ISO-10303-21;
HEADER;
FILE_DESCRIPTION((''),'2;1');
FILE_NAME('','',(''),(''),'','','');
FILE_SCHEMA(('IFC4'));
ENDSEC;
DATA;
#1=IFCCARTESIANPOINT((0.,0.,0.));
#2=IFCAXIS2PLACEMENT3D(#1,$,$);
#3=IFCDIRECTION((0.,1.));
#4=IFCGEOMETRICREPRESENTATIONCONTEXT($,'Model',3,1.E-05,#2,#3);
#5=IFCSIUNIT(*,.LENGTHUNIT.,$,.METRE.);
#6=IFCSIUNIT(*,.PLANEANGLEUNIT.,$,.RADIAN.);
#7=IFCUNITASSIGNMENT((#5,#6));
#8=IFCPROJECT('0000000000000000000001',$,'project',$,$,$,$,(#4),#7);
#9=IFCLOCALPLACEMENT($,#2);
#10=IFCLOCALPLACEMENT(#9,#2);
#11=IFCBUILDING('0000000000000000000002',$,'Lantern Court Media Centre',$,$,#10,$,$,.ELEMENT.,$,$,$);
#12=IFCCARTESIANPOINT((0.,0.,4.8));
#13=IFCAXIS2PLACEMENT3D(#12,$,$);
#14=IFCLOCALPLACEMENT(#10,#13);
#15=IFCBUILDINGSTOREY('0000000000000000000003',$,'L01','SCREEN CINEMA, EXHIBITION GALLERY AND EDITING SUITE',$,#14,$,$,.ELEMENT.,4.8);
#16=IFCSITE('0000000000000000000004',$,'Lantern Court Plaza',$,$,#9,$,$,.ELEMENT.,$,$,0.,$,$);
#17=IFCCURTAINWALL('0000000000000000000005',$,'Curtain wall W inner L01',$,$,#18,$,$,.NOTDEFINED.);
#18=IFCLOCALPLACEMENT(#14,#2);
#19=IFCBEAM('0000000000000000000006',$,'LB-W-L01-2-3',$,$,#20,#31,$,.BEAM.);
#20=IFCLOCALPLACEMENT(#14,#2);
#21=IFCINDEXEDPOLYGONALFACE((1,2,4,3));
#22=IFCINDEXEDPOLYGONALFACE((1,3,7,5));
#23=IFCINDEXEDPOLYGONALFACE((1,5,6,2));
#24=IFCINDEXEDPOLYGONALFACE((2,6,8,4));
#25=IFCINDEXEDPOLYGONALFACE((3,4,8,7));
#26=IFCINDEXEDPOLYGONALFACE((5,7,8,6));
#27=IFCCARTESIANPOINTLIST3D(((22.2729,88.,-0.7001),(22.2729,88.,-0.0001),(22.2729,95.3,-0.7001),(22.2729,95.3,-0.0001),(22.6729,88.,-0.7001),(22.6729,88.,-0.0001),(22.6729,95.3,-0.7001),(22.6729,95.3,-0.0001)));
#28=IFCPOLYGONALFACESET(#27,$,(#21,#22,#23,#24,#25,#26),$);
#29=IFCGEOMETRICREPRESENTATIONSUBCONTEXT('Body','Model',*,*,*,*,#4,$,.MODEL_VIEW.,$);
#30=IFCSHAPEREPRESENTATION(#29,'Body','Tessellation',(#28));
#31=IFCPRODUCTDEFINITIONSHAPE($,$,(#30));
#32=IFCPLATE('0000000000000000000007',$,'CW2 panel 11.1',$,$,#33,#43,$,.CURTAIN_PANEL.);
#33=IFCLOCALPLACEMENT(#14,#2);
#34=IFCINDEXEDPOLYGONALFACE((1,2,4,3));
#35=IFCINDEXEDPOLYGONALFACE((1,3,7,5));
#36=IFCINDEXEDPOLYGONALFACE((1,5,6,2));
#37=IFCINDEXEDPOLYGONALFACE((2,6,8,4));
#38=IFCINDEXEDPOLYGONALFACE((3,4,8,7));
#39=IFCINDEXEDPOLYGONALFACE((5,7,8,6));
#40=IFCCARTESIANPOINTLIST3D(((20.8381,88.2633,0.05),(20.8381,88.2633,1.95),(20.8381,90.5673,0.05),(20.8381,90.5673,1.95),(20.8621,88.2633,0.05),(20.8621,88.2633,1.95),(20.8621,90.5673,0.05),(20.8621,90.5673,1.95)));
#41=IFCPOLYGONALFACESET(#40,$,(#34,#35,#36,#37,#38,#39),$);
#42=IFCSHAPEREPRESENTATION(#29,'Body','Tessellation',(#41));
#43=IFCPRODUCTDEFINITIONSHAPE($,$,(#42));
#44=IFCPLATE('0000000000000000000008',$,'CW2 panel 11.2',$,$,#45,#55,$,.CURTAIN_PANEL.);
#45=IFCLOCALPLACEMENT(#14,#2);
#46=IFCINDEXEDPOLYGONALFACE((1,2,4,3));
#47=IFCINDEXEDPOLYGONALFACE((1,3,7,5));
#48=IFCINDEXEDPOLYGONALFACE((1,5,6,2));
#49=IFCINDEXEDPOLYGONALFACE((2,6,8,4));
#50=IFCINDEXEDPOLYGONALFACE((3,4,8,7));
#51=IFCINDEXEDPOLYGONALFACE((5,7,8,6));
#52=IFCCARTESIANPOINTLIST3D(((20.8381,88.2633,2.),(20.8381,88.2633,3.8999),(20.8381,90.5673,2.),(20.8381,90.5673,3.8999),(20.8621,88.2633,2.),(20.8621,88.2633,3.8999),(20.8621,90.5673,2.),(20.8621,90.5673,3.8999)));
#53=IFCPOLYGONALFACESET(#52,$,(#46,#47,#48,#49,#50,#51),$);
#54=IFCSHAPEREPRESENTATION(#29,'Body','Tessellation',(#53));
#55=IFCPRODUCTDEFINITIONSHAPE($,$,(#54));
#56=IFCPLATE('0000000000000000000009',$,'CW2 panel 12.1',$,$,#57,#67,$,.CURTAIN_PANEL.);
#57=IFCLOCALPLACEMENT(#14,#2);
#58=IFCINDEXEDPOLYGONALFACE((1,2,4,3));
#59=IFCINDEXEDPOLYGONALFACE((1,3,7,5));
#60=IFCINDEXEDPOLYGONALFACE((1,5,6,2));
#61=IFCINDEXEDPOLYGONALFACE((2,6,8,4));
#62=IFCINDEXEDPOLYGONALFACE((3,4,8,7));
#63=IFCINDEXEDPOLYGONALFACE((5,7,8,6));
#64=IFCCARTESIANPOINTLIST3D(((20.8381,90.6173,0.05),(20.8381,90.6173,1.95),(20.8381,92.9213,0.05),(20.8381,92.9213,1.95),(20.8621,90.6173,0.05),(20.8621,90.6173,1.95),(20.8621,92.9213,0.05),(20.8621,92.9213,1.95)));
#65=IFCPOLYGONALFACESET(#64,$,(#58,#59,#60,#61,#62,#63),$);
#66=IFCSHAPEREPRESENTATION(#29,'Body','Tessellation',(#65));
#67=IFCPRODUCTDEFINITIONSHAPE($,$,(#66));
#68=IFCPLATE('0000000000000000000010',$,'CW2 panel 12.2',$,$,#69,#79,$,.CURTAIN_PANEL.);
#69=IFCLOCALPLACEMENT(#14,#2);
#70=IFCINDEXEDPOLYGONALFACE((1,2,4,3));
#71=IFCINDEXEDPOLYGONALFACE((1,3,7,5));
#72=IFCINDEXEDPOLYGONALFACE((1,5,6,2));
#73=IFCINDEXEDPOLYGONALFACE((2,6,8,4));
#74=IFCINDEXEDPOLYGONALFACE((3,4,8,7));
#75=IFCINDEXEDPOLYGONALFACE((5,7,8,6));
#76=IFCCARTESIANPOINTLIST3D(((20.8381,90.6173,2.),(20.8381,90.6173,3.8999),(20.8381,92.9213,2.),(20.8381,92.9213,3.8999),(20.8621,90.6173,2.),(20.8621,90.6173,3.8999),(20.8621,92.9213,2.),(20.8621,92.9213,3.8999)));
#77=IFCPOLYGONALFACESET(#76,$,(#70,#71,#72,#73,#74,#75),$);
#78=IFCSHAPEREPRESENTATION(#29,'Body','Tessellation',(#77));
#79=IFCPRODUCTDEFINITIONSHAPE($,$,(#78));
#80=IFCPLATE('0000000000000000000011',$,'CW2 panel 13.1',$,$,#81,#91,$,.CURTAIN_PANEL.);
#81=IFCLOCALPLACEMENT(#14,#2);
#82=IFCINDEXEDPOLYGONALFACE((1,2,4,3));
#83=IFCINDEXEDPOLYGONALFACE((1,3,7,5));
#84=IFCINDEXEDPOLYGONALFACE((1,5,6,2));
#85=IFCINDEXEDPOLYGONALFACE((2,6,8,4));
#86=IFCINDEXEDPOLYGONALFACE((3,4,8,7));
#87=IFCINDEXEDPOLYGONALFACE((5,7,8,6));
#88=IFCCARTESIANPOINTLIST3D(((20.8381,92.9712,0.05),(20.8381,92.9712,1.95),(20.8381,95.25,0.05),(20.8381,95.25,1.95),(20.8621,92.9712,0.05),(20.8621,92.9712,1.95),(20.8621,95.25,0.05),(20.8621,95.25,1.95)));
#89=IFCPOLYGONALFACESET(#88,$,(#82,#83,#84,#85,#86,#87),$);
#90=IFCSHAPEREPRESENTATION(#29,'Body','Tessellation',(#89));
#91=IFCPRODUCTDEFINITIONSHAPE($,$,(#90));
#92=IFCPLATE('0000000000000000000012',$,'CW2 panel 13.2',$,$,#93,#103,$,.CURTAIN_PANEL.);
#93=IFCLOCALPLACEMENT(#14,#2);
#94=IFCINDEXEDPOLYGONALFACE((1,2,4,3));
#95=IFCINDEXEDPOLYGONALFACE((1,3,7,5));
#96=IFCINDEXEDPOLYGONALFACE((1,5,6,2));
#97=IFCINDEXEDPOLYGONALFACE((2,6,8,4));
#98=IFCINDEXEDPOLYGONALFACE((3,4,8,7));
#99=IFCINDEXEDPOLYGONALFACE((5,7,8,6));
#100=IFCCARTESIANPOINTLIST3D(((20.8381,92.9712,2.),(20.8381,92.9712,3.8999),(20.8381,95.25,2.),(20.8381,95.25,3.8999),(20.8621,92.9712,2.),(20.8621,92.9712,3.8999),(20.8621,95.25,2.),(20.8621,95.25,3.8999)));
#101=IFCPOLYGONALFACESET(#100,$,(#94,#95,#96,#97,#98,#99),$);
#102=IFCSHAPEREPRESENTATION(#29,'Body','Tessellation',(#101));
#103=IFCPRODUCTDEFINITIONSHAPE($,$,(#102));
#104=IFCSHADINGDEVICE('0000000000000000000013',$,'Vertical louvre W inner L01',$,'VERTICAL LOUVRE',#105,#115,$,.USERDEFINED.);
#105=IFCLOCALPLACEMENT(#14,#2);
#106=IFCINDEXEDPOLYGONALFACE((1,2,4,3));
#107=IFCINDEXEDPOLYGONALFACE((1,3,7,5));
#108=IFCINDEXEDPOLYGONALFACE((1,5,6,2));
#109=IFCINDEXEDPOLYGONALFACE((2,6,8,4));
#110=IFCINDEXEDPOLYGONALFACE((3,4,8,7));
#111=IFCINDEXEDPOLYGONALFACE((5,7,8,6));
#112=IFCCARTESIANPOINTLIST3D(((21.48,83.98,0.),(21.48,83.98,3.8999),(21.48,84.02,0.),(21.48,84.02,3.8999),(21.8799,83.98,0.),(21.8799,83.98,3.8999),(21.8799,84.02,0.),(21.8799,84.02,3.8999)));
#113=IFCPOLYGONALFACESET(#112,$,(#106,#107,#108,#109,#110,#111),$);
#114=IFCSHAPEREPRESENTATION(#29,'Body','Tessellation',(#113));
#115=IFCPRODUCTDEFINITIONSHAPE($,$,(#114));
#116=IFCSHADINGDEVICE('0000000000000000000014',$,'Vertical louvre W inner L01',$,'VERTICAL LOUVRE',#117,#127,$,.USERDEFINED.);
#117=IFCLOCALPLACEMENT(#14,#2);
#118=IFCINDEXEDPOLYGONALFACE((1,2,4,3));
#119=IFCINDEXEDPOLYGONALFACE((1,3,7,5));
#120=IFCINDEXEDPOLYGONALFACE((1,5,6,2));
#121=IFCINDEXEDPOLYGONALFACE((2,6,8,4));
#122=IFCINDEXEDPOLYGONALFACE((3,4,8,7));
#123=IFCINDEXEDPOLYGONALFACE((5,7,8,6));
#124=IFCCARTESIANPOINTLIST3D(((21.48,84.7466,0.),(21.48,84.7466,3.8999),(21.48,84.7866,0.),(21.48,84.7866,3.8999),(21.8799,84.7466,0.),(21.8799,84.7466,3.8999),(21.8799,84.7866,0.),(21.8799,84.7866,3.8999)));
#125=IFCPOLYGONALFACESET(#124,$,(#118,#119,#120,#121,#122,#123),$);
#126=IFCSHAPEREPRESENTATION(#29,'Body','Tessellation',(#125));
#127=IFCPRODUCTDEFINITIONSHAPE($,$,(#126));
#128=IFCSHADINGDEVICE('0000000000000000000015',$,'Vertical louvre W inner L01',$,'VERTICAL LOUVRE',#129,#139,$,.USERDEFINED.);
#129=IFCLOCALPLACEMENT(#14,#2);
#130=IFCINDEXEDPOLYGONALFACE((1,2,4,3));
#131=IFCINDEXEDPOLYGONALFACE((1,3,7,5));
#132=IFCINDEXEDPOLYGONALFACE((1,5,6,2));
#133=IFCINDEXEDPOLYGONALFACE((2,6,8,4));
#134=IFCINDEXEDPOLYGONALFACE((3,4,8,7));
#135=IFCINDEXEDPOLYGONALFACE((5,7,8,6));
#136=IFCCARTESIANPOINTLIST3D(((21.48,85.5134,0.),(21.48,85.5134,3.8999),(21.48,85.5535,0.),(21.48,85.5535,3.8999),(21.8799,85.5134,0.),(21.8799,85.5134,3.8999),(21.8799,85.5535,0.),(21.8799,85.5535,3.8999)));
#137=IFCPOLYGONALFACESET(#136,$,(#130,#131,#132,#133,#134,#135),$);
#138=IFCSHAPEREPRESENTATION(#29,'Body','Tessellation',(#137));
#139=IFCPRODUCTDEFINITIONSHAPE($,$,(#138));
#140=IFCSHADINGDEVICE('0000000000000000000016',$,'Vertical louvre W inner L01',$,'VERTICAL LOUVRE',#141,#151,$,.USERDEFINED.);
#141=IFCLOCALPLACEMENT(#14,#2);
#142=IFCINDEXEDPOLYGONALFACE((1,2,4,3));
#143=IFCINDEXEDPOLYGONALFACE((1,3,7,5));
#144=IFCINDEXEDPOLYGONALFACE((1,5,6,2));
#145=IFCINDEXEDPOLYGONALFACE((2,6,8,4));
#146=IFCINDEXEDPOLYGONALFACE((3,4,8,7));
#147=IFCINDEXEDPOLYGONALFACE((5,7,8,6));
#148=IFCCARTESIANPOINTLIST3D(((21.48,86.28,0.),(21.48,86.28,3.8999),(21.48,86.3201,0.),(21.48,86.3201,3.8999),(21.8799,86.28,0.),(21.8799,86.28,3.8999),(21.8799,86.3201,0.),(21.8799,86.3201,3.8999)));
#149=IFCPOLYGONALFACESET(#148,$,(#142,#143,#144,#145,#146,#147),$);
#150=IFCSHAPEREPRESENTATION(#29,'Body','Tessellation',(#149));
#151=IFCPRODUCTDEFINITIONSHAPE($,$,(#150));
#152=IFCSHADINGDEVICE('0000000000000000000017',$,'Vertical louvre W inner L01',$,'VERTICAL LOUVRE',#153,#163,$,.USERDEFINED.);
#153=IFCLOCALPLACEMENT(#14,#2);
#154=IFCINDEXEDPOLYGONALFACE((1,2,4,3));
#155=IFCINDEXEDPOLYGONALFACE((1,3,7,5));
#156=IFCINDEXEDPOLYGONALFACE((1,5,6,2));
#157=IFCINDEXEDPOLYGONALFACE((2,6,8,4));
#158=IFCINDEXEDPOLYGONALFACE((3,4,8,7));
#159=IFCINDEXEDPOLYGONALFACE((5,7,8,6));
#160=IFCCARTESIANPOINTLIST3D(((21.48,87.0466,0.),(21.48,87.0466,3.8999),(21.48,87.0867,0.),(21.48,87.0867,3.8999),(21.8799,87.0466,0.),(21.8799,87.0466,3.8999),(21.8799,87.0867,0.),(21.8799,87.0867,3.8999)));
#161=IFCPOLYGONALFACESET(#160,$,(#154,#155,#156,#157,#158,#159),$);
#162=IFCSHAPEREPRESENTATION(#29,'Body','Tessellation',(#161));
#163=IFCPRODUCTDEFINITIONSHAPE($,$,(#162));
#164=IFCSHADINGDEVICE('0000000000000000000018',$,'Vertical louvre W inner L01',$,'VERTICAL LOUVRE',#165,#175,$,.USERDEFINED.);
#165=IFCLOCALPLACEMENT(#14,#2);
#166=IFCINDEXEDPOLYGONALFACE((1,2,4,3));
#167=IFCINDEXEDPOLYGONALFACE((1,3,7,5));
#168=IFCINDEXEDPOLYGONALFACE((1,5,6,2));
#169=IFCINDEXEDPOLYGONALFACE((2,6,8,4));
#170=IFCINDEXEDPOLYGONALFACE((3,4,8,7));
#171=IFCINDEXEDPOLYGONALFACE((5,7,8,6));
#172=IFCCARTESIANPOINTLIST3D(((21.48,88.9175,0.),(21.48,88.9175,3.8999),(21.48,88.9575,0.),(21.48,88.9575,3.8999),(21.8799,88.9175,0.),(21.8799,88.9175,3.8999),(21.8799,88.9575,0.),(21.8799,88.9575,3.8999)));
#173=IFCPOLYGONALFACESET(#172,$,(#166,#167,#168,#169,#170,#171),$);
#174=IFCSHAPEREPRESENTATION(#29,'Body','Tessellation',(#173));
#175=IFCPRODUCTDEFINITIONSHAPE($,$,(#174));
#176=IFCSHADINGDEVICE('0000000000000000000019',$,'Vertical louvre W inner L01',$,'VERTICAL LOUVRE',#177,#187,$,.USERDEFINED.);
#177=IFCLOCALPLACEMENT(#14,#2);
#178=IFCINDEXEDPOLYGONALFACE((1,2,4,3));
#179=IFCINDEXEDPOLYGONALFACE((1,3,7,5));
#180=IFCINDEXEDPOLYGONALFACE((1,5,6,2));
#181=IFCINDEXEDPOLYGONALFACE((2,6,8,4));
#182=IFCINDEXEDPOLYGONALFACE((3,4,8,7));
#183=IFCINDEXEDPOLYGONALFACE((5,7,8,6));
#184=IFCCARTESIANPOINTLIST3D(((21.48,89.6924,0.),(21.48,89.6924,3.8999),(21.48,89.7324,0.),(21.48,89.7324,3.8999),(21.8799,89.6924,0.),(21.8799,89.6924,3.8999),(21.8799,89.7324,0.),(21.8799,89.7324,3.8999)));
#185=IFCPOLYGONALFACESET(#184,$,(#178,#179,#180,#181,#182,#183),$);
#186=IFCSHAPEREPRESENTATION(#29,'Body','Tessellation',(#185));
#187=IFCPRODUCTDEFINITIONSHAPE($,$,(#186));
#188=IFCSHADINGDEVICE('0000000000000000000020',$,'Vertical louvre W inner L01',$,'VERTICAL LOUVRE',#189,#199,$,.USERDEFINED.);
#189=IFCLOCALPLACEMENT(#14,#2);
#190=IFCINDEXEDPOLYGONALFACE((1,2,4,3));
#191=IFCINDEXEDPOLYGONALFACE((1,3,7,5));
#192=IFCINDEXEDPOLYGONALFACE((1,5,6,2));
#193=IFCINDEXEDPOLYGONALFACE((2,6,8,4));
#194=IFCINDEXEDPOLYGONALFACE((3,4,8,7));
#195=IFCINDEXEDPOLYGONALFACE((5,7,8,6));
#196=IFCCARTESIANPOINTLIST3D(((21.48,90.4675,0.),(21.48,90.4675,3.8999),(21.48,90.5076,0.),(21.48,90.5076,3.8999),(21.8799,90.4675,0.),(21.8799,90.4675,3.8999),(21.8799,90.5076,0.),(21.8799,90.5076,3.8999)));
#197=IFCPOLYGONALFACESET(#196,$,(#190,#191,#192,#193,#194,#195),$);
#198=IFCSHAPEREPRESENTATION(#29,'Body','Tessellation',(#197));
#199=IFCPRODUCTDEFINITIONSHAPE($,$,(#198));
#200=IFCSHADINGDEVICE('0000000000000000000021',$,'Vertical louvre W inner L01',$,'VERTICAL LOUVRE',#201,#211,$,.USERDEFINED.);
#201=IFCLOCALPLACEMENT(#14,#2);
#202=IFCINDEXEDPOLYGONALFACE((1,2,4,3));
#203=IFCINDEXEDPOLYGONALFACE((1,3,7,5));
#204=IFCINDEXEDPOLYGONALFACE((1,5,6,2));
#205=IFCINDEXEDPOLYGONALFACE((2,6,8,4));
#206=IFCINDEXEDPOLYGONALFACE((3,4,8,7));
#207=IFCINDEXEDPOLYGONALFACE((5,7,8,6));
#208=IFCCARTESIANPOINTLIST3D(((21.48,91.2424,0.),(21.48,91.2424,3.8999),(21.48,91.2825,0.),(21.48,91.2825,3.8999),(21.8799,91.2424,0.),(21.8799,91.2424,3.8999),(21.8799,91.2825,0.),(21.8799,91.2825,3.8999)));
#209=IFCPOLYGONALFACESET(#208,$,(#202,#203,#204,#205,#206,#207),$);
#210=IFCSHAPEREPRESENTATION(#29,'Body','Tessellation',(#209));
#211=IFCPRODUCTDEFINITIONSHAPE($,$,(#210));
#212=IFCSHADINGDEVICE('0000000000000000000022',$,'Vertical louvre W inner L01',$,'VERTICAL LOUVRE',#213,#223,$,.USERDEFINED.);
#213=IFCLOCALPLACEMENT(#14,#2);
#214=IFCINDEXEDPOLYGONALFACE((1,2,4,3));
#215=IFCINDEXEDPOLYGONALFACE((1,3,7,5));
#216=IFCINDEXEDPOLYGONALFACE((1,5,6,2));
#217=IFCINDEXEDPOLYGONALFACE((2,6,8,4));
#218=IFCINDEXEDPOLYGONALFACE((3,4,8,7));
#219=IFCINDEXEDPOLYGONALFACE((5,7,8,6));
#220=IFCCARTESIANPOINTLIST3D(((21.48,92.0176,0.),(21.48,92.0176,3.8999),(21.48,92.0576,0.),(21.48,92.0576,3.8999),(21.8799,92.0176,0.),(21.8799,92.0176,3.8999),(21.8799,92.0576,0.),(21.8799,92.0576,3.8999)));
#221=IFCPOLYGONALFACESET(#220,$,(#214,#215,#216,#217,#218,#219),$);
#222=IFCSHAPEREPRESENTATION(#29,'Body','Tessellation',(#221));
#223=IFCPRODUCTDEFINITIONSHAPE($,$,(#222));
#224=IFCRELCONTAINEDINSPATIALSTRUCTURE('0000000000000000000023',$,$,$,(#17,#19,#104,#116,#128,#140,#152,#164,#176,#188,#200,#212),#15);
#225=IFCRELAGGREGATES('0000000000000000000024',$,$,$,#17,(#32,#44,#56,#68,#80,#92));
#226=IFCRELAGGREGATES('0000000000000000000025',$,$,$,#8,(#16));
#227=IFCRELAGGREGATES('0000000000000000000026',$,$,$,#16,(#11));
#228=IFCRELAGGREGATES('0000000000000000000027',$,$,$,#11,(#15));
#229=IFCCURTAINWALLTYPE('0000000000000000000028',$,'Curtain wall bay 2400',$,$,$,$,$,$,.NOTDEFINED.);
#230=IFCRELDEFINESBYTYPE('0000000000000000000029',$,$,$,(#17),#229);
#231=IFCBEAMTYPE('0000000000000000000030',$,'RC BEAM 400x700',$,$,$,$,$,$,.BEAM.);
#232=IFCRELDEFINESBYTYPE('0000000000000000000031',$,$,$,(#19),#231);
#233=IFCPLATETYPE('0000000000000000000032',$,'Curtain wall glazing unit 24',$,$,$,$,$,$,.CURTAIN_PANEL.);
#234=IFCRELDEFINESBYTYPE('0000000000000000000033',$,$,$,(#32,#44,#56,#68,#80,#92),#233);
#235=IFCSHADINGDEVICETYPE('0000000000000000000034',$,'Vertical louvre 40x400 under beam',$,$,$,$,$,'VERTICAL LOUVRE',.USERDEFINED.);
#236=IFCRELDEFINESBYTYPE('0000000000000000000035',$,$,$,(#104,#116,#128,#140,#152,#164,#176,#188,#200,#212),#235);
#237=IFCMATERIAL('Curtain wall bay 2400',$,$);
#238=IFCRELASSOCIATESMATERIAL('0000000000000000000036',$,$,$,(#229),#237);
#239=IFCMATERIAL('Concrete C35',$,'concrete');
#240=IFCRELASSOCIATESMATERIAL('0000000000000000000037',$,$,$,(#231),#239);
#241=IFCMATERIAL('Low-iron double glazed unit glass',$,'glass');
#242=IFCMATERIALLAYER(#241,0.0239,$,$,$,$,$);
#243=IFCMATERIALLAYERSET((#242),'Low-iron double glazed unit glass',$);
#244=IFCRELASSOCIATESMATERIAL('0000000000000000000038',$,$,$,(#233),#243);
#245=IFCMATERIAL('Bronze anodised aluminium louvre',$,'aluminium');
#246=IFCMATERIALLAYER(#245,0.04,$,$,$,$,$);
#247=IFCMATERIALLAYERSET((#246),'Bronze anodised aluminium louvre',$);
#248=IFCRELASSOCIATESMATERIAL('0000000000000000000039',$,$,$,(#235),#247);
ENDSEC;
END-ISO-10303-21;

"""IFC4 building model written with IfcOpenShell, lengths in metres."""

from ifc_helpers import new_model, si_unit, direction, frame, origin, origin_2d, place, context, subcontext, project, spatial, rectangle, extrude, material, layer, layer_set, material_profile, profile_set, type_object, element, aggregate, save


model = new_model("IFC4")

# Units and contexts
model_context = context("Model", 3, precision=1e-05, world=origin(), true_north=direction((0.0, 1.0)))
body_context = subcontext(model_context, "Body", "Model", "MODEL_VIEW")
ifc_project = project(units=[si_unit("LENGTHUNIT", "METRE"), si_unit("PLANEANGLEUNIT", "RADIAN")], contexts=[model_context])

# Site, building, storey
site_placement = place(None, origin())
site = spatial("IfcSite", under=ifc_project, at=site_placement, Name="Lantern Court Plaza", CompositionType="ELEMENT", RefElevation=0.0)
building_placement = place(site_placement, origin())
building = spatial("IfcBuilding", under=site, at=building_placement, Name="Lantern Court Media Centre", CompositionType="ELEMENT")
storey_placement = place(building_placement, frame((0.0, 0.0, 4.8)))
storey = spatial("IfcBuildingStorey", under=building, at=storey_placement, Name="L01", Description="SCREEN CINEMA, EXHIBITION GALLERY AND EDITING SUITE", CompositionType="ELEMENT", Elevation=4.8)

# Shared definitions
ifc_material_1 = material(Name="Concrete C35", Category="concrete")

# Curtain wall
ifc_material_2 = material(Name="Curtain wall bay 2400")
curtain_wall_type = type_object("IfcCurtainWallType", Name="Curtain wall bay 2400", PredefinedType="NOTDEFINED", material=ifc_material_2)
curtain_wall_placement = place(storey_placement, origin())
curtain_wall = element("IfcCurtainWall", 1, at=curtain_wall_placement, inside=storey, type_object=curtain_wall_type, Name="Curtain wall W inner L01", PredefinedType="NOTDEFINED")

# Beam
ifc_material_profile_1 = material_profile(ifc_material_1, rectangle(XDim=0.3999, YDim=0.7, at=origin_2d()), Name="RC 400x700")
ifc_profile_set_1 = profile_set([ifc_material_profile_1], Name="Concrete C35")
beam_type = type_object("IfcBeamType", Name="RC BEAM 400x700", PredefinedType="BEAM", material=ifc_profile_set_1)
beam_placement = place(storey_placement, frame((22.4729, 88.0, -0.3501), z_axis=(0.0, 1.0, 0.0), x_axis=(-1.0, 0.0, 0.0)))
element("IfcBeam", 2, at=beam_placement, inside=storey, type_object=beam_type, Name="LB-W-L01-2-3", PredefinedType="BEAM", context=body_context, shape_type="SweptSolid", body=[
    extrude(rectangle(XDim=0.3999, YDim=0.7, at=origin_2d()), origin(), (0.0, 0.0, 1.0), 7.3),
])

# Plates
ifc_material_3 = material(Name="Low-iron double glazed unit glass", Category="glass")
ifc_layer_1 = layer(ifc_material_3, 0.0239)
ifc_layer_set_1 = layer_set([ifc_layer_1], Name="Low-iron double glazed unit glass")
plate_type = type_object("IfcPlateType", Name="Curtain wall glazing unit 24", PredefinedType="CURTAIN_PANEL", material=ifc_layer_set_1)
plate_1_placement = place(storey_placement, frame((20.8501, 89.4153, 0.05), z_axis=(0.0, 0.0, 1.0), x_axis=(0.0, 1.0, 0.0)))
plate_1 = element("IfcPlate", 3, at=plate_1_placement, type_object=plate_type, Name="CW2 panel 11.1", PredefinedType="CURTAIN_PANEL", context=body_context, shape_type="SweptSolid", body=[
    extrude(rectangle(XDim=2.304, YDim=0.0239, at=origin_2d()), origin(), (0.0, 0.0, 1.0), 1.8999),
])
plate_2_placement = place(storey_placement, frame((20.8501, 89.4153, 2.0), z_axis=(0.0, 0.0, 1.0), x_axis=(0.0, 1.0, 0.0)))
plate_2 = element("IfcPlate", 4, at=plate_2_placement, type_object=plate_type, Name="CW2 panel 11.2", PredefinedType="CURTAIN_PANEL", context=body_context, shape_type="SweptSolid", body=[
    extrude(rectangle(XDim=2.304, YDim=0.0239, at=origin_2d()), origin(), (0.0, 0.0, 1.0), 1.8999),
])
plate_3_placement = place(storey_placement, frame((20.8501, 91.7693, 0.05), z_axis=(0.0, 0.0, 1.0), x_axis=(0.0, 1.0, 0.0)))
plate_3 = element("IfcPlate", 5, at=plate_3_placement, type_object=plate_type, Name="CW2 panel 12.1", PredefinedType="CURTAIN_PANEL", context=body_context, shape_type="SweptSolid", body=[
    extrude(rectangle(XDim=2.304, YDim=0.0239, at=origin_2d()), origin(), (0.0, 0.0, 1.0), 1.8999),
])
plate_4_placement = place(storey_placement, frame((20.8501, 91.7693, 2.0), z_axis=(0.0, 0.0, 1.0), x_axis=(0.0, 1.0, 0.0)))
plate_4 = element("IfcPlate", 6, at=plate_4_placement, type_object=plate_type, Name="CW2 panel 12.2", PredefinedType="CURTAIN_PANEL", context=body_context, shape_type="SweptSolid", body=[
    extrude(rectangle(XDim=2.304, YDim=0.0239, at=origin_2d()), origin(), (0.0, 0.0, 1.0), 1.8999),
])
plate_5_placement = place(storey_placement, frame((20.8501, 94.1106, 0.05), z_axis=(0.0, 0.0, 1.0), x_axis=(0.0, 1.0, 0.0)))
plate_5 = element("IfcPlate", 7, at=plate_5_placement, type_object=plate_type, Name="CW2 panel 13.1", PredefinedType="CURTAIN_PANEL", context=body_context, shape_type="SweptSolid", body=[
    extrude(rectangle(XDim=2.2788, YDim=0.0239, at=origin_2d()), origin(), (0.0, 0.0, 1.0), 1.8999),
])
plate_6_placement = place(storey_placement, frame((20.8501, 94.1106, 2.0), z_axis=(0.0, 0.0, 1.0), x_axis=(0.0, 1.0, 0.0)))
plate_6 = element("IfcPlate", 8, at=plate_6_placement, type_object=plate_type, Name="CW2 panel 13.2", PredefinedType="CURTAIN_PANEL", context=body_context, shape_type="SweptSolid", body=[
    extrude(rectangle(XDim=2.2788, YDim=0.0239, at=origin_2d()), origin(), (0.0, 0.0, 1.0), 1.8999),
])
aggregate(curtain_wall, [plate_1, plate_2, plate_3, plate_4, plate_5, plate_6])

# Shading devices
ifc_material_4 = material(Name="Bronze anodised aluminium louvre", Category="aluminium")
ifc_layer_2 = layer(ifc_material_4, 0.04)
ifc_layer_set_2 = layer_set([ifc_layer_2], Name="Bronze anodised aluminium louvre")
shading_device_type = type_object("IfcShadingDeviceType", Name="Vertical louvre 40x400 under beam", ElementType="VERTICAL LOUVRE", PredefinedType="USERDEFINED", material=ifc_layer_set_2)
for number, where, z_axis, x_axis, name in (
    (9, (21.6799, 84.0, 0.0), (0.0, 0.0, 1.0), (1.0, 0.0, 0.0), "Vertical louvre W inner L01"),
    (10, (21.6799, 84.7666, 0.0), (0.0, 0.0, 1.0), (1.0, 0.0, 0.0), "Vertical louvre W inner L01"),
    (11, (21.6799, 85.5334, 0.0), (0.0, 0.0, 1.0), (1.0, 0.0, 0.0), "Vertical louvre W inner L01"),
    (12, (21.6799, 86.3, 0.0), (0.0, 0.0, 1.0), (1.0, 0.0, 0.0), "Vertical louvre W inner L01"),
    (13, (21.6799, 87.0667, 0.0), (0.0, 0.0, 1.0), (1.0, 0.0, 0.0), "Vertical louvre W inner L01"),
    (14, (21.6799, 88.9375, 0.0), (0.0, 0.0, 1.0), (1.0, 0.0, 0.0), "Vertical louvre W inner L01"),
    (15, (21.6799, 89.7124, 0.0), (0.0, 0.0, 1.0), (1.0, 0.0, 0.0), "Vertical louvre W inner L01"),
    (16, (21.6799, 90.4875, 0.0), (0.0, 0.0, 1.0), (1.0, 0.0, 0.0), "Vertical louvre W inner L01"),
    (17, (21.6799, 91.2625, 0.0), (0.0, 0.0, 1.0), (1.0, 0.0, 0.0), "Vertical louvre W inner L01"),
    (18, (21.6799, 92.0376, 0.0), (0.0, 0.0, 1.0), (1.0, 0.0, 0.0), "Vertical louvre W inner L01"),
):
    element("IfcShadingDevice", number, at=place(storey_placement, frame(where, z_axis=z_axis, x_axis=x_axis)), inside=storey, type_object=shading_device_type, Name=name, ObjectType="VERTICAL LOUVRE", PredefinedType="USERDEFINED", context=body_context, shape_type="SweptSolid", body=[
        extrude(rectangle(XDim=0.3999, YDim=0.04, at=origin_2d()), origin(), (0.0, 0.0, 1.0), 3.8999),
    ])

save(model, "model.ifc")
